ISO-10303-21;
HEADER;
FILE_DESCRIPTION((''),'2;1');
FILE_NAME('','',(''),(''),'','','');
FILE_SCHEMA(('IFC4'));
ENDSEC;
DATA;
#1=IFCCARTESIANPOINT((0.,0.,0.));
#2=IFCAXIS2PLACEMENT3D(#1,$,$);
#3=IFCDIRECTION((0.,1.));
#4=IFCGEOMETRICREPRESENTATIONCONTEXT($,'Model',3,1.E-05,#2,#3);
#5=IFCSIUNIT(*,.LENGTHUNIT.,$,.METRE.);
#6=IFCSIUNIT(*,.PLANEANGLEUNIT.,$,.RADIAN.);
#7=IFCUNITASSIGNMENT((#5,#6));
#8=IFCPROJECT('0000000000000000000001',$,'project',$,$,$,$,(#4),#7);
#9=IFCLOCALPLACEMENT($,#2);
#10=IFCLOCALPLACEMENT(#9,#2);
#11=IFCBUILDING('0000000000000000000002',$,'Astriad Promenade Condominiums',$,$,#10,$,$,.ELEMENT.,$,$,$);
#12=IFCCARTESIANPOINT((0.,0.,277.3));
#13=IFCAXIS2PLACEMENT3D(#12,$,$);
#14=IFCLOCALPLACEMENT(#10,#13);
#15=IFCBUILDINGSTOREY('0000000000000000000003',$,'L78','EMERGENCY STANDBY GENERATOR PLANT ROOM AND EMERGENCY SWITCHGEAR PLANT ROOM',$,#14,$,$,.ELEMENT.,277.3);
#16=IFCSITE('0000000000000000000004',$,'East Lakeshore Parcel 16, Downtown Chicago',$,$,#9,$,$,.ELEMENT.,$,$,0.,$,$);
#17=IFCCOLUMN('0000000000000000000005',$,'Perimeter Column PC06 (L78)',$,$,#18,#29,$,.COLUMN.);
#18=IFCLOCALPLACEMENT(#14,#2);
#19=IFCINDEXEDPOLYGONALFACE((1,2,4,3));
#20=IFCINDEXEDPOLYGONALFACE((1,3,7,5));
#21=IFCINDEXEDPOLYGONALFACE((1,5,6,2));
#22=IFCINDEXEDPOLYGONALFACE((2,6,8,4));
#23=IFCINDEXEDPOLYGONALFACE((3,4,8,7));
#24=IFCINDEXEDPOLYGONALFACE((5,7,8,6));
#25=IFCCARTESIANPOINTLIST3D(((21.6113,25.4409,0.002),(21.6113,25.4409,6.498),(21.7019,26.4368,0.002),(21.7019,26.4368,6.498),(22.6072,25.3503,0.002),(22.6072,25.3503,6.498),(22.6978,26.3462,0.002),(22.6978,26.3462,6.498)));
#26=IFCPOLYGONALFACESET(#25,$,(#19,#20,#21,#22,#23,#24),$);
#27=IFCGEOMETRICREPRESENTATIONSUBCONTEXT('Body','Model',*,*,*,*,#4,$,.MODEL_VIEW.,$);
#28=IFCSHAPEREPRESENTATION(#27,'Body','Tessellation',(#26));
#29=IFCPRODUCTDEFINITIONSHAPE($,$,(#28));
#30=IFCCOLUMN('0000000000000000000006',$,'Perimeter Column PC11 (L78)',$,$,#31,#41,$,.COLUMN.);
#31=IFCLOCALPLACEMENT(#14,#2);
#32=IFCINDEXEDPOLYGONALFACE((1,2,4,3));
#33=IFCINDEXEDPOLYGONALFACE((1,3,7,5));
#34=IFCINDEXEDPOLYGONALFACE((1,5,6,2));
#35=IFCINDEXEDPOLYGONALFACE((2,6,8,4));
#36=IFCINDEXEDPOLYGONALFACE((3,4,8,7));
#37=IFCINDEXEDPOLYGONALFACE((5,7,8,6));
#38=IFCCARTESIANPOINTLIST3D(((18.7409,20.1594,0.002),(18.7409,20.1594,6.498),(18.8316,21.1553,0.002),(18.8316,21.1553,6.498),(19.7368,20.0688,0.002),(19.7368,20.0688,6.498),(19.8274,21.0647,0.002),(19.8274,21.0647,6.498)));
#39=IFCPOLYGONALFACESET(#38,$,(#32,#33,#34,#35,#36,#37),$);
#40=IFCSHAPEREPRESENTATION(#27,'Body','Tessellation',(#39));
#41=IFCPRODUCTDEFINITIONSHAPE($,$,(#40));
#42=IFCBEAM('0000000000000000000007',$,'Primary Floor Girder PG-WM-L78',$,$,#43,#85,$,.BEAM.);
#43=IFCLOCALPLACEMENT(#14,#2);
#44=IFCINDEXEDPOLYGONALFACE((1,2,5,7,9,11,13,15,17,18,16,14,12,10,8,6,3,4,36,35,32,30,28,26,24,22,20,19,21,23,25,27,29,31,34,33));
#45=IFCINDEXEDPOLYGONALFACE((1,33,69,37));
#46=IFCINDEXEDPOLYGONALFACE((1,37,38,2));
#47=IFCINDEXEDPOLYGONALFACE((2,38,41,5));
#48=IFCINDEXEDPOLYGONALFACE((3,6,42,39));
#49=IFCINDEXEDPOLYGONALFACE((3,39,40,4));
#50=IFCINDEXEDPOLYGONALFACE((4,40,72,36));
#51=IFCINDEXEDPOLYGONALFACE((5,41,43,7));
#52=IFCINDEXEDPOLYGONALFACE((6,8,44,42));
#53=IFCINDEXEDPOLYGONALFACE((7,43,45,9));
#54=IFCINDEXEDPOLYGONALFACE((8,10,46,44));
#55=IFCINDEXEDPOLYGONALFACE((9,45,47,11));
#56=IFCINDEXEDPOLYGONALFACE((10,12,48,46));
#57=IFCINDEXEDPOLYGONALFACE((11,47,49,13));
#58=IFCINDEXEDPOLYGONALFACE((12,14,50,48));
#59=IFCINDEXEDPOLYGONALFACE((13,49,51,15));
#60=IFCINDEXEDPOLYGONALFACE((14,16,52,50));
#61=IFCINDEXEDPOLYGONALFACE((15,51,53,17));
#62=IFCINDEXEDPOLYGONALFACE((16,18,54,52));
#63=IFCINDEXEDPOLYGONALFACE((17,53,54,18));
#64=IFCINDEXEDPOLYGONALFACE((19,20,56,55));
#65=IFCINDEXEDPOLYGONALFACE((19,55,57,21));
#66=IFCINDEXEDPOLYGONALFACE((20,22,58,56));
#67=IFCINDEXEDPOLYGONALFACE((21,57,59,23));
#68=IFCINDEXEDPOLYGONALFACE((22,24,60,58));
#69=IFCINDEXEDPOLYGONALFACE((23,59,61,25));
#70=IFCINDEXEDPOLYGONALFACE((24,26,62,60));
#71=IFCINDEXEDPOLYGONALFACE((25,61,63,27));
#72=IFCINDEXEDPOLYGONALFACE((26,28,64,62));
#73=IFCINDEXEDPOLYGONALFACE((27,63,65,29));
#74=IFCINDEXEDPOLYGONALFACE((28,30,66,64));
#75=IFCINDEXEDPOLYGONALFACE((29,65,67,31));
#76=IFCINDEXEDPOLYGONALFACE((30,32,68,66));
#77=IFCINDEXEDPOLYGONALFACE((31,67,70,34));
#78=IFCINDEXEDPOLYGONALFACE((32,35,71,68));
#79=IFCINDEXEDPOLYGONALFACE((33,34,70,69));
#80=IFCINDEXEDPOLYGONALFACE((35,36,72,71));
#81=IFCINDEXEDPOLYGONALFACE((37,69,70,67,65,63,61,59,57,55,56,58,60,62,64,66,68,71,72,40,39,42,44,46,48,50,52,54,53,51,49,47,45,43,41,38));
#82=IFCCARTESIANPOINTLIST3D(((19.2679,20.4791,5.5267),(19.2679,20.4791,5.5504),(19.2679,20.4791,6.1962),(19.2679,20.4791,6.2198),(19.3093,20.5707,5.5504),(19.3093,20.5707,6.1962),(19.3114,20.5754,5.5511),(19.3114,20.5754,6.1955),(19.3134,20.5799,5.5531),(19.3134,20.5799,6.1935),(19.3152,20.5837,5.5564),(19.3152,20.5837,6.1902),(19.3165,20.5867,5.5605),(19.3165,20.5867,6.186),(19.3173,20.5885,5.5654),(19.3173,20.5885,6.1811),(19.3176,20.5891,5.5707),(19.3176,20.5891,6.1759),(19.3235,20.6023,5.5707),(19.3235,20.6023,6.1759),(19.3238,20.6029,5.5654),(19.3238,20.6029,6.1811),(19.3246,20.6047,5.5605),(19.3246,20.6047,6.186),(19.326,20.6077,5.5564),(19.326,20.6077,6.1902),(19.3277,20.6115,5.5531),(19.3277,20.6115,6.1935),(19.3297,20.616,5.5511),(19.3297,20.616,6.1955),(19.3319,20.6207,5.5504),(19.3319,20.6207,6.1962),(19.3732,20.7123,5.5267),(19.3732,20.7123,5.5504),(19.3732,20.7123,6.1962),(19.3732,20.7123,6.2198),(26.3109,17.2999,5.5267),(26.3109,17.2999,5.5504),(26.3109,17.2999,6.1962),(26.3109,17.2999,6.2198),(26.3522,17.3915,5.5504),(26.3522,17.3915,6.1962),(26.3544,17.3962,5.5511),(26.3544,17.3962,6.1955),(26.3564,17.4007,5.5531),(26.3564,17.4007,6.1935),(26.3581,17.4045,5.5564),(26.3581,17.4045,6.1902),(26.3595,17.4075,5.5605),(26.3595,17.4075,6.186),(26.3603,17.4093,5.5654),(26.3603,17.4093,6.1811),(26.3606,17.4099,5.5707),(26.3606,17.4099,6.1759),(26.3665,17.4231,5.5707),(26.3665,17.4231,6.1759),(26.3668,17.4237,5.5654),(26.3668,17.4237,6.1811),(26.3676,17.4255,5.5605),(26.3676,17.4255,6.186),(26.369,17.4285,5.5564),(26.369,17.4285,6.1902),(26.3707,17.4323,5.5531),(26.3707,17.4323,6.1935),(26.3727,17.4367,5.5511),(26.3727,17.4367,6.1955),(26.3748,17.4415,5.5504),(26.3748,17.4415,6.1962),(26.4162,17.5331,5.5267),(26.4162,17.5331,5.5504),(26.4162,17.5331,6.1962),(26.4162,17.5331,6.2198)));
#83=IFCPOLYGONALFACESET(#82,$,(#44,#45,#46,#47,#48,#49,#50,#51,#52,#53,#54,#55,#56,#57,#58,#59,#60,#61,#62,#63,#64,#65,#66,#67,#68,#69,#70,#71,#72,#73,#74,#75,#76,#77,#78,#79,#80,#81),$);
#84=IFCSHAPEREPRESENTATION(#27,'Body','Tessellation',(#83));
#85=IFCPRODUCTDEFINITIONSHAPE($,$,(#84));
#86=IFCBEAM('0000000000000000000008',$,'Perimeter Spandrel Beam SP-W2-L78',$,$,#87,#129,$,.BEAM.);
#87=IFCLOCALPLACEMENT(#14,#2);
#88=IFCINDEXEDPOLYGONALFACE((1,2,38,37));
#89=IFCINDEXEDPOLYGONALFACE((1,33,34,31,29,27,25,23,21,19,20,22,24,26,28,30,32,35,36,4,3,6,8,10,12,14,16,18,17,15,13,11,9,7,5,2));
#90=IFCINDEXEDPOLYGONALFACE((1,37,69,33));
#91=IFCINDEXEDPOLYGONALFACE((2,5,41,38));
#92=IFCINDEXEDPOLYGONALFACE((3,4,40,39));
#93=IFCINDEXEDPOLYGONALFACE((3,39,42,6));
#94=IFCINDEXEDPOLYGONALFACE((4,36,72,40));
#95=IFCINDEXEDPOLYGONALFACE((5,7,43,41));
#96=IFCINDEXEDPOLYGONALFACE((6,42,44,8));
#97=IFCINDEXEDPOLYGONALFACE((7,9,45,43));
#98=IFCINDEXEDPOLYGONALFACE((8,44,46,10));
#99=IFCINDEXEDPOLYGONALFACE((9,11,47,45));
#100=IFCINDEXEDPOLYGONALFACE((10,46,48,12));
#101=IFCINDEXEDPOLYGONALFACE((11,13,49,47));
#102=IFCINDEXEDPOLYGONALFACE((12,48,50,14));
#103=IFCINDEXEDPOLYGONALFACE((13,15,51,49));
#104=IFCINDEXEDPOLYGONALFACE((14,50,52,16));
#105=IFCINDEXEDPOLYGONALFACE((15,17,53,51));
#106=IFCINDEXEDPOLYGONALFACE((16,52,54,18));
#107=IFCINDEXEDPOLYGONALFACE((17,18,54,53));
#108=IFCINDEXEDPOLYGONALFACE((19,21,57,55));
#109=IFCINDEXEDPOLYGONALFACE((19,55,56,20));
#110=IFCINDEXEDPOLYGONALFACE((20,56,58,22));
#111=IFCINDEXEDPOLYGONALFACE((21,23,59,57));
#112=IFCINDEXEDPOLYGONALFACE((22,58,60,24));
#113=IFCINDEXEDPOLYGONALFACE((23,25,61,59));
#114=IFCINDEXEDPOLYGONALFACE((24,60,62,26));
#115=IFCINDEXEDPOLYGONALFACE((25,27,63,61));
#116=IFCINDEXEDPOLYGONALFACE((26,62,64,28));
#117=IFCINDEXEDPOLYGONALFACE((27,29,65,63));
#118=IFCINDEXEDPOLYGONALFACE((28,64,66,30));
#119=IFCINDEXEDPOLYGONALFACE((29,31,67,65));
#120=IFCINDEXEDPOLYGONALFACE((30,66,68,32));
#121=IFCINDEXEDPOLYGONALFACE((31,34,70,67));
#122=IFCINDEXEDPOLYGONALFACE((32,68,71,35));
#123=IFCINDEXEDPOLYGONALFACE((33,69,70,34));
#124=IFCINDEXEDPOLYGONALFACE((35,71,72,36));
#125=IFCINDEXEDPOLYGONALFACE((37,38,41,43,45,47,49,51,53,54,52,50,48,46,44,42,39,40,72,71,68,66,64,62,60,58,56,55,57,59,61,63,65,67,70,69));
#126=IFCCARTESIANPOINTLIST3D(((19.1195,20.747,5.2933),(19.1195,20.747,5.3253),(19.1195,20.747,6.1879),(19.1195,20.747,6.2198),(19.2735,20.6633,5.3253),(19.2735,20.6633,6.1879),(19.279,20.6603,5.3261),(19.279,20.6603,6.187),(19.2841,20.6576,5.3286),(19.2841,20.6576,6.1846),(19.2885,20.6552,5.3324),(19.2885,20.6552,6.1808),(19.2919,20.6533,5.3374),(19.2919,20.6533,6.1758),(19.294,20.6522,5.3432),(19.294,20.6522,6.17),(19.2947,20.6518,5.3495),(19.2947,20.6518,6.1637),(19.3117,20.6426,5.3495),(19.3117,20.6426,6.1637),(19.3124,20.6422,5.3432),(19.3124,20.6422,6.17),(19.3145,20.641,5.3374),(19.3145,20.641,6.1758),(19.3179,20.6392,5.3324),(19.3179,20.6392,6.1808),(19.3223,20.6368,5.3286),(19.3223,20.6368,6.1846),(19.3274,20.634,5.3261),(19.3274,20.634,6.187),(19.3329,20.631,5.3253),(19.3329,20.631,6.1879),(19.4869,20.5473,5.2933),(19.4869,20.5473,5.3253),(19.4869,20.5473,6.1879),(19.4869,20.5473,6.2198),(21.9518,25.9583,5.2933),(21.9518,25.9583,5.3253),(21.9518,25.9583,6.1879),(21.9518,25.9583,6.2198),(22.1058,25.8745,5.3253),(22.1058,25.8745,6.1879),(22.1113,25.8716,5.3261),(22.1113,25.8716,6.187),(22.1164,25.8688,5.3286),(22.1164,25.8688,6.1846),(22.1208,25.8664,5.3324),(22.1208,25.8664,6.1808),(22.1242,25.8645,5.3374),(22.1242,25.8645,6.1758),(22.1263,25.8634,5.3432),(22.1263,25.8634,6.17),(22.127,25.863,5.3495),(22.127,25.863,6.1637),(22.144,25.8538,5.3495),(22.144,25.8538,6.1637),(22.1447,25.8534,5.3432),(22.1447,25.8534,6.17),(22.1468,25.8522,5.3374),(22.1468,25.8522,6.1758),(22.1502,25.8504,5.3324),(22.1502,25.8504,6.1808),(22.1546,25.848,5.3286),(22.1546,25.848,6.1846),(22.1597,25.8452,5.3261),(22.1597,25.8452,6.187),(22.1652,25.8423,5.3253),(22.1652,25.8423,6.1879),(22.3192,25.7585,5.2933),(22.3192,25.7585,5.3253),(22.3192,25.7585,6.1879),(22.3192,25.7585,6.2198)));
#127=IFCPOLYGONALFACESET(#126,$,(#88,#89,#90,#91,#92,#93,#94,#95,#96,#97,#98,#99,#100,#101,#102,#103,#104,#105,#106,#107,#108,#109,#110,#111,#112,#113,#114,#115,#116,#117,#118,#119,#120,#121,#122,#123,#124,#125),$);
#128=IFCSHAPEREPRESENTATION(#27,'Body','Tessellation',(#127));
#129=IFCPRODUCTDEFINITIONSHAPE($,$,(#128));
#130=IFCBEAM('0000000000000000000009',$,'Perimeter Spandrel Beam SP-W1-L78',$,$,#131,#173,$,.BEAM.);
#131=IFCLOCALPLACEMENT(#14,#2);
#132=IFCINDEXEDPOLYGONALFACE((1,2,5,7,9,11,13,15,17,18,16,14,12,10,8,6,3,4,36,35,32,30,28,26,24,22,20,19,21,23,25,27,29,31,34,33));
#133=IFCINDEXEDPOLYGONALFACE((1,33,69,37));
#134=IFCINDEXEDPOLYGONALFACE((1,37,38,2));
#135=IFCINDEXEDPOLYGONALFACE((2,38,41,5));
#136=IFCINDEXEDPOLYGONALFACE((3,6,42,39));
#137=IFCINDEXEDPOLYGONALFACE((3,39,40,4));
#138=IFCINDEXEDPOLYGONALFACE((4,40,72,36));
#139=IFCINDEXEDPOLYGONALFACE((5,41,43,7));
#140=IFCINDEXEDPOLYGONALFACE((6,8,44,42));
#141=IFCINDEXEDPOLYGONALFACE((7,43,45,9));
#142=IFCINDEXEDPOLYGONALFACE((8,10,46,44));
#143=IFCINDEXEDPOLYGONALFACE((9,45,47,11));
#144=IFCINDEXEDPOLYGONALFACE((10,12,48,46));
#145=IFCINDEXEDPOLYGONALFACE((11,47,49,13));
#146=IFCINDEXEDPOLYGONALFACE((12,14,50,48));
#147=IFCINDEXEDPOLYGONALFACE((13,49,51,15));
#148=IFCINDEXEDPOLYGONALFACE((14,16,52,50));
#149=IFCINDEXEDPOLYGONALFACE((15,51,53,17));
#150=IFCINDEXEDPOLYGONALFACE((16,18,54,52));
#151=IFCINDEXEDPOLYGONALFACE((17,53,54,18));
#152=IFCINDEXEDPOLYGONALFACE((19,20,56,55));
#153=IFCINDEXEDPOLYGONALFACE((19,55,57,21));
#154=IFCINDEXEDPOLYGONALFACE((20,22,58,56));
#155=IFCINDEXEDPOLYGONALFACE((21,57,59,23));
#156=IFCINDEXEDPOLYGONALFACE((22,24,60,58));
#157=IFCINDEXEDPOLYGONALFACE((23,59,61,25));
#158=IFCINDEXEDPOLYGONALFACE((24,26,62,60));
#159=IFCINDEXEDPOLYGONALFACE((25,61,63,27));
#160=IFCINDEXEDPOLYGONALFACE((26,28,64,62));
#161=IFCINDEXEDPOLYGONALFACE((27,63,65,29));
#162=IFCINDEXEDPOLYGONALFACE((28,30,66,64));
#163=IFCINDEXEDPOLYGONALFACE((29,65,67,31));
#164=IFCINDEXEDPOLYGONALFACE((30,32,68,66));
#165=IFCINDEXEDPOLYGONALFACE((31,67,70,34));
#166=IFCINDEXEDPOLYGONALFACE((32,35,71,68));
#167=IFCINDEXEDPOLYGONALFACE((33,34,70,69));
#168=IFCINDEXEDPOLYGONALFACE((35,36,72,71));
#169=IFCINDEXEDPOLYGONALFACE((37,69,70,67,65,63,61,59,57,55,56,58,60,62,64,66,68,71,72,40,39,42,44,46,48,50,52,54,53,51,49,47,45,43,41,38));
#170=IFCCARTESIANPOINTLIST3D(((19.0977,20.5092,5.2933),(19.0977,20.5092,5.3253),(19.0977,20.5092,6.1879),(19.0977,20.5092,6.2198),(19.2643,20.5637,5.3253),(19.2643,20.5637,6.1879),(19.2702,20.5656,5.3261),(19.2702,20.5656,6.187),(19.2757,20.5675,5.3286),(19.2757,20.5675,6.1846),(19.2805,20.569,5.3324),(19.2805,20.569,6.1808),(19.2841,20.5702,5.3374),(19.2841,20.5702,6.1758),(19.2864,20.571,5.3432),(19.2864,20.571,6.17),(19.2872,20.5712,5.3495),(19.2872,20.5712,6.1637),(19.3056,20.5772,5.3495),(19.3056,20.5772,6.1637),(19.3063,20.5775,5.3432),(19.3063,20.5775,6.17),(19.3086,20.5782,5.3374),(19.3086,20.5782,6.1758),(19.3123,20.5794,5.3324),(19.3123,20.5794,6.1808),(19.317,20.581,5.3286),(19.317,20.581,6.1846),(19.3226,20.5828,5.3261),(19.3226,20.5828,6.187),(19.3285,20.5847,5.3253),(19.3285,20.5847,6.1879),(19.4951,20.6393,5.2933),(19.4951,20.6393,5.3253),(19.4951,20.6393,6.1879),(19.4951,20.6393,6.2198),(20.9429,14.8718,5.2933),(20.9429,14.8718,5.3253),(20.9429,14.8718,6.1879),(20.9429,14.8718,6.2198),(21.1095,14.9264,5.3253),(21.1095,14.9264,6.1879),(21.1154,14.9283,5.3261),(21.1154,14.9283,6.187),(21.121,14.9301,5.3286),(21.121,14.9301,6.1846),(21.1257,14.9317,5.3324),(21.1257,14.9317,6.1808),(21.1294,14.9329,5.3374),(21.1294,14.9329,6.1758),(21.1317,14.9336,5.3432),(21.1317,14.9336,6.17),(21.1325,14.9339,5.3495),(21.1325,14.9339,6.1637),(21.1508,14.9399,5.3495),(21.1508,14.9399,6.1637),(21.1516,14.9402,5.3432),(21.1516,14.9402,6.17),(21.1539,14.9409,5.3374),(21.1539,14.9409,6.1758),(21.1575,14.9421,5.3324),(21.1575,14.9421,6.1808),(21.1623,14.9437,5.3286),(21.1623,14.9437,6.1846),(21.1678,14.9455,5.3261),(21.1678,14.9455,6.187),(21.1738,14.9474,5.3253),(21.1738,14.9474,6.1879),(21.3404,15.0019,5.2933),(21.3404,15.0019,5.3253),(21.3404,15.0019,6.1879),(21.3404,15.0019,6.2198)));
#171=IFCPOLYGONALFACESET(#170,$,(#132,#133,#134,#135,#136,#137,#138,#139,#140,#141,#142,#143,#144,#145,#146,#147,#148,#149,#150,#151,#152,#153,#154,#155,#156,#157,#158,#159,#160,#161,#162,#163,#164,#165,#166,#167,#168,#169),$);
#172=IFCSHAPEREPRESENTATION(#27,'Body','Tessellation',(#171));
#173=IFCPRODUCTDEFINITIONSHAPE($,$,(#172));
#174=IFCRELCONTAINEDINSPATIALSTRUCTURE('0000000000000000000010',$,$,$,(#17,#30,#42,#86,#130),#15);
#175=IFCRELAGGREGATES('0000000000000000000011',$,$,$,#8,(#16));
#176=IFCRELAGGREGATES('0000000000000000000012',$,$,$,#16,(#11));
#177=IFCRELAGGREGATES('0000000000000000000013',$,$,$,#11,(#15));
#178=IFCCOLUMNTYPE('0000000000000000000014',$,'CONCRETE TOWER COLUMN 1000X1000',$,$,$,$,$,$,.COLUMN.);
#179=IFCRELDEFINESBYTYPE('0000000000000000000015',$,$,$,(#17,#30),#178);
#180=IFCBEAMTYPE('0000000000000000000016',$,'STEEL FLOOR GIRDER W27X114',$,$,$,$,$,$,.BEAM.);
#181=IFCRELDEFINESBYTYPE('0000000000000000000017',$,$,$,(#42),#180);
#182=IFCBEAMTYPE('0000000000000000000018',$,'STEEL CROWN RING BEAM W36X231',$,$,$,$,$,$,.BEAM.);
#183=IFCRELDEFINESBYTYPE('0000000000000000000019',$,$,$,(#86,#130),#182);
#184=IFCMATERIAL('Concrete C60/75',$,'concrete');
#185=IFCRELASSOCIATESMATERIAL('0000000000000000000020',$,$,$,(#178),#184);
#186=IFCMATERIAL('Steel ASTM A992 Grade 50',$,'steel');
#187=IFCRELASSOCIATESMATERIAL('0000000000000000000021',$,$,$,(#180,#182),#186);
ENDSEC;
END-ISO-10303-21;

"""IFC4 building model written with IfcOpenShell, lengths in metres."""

from ifc_helpers import new_model, si_unit, direction, frame, origin, origin_2d, place, context, subcontext, project, spatial, rectangle, i_section, extrude, source, transform, mapped, material, material_profile, profile_set, type_object, type_shapes, element, save


model = new_model("IFC4")

# Units and contexts
model_context = context("Model", 3, precision=1e-05, world=origin(), true_north=direction((0.0, 1.0)))
body_context = subcontext(model_context, "Body", "Model", "MODEL_VIEW")
ifc_project = project(units=[si_unit("LENGTHUNIT", "METRE"), si_unit("PLANEANGLEUNIT", "RADIAN")], contexts=[model_context])

# Site, building, storey
site_placement = place(None, origin())
site = spatial("IfcSite", under=ifc_project, at=site_placement, Name="East Lakeshore Parcel 16, Downtown Chicago", CompositionType="ELEMENT", RefElevation=0.0)
building_placement = place(site_placement, origin())
building = spatial("IfcBuilding", under=site, at=building_placement, Name="Astriad Promenade Condominiums", CompositionType="ELEMENT")
storey_placement = place(building_placement, frame((0.0, 0.0, 277.3)))
storey = spatial("IfcBuildingStorey", under=building, at=storey_placement, Name="L78", Description="EMERGENCY STANDBY GENERATOR PLANT ROOM AND EMERGENCY SWITCHGEAR PLANT ROOM", CompositionType="ELEMENT", Elevation=277.3)

# Columns
ifc_material_1 = material(Name="Concrete C60/75", Category="concrete")
ifc_material_profile_1 = material_profile(ifc_material_1, rectangle(XDim=1.0, YDim=1.0, at=origin_2d()), Name="RC-COL-1000X1000")
ifc_profile_set_1 = profile_set([ifc_material_profile_1], Name="Concrete C60/75")
column_type = type_object("IfcColumnType", Name="CONCRETE TOWER COLUMN 1000X1000", PredefinedType="COLUMN", material=ifc_profile_set_1)
shared_shape_1 = source(origin(), body_context, "Body", "SweptSolid", [
    extrude(rectangle(XDim=1.0, YDim=1.0, at=origin_2d()), origin(), (0.0, 0.0, 1.0), 6.4961),
])
type_shapes(column_type, [shared_shape_1])
for number, where, z_axis, x_axis, name in (
    (1, (22.1545, 25.8936, 0.002), (0.0, 0.0, 1.0), (0.995884, -0.090633, 0.0), "Perimeter Column PC06 (L78)"),
    (2, (19.2842, 20.6121, 0.002), (0.0, 0.0, 1.0), (0.995884, -0.090633, 0.0), "Perimeter Column PC11 (L78)"),
):
    element("IfcColumn", number, at=place(storey_placement, frame(where, z_axis=z_axis, x_axis=x_axis)), inside=storey, type_object=column_type, Name=name, PredefinedType="COLUMN", context=body_context, shape_type="MappedRepresentation", body=[
        mapped(shared_shape_1, transform((0.0, 0.0, 0.0), scale=1.0)),
    ])

# Beams
ifc_material_2 = material(Name="Steel ASTM A992 Grade 50", Category="steel")
ifc_material_profile_2 = material_profile(ifc_material_2, i_section(OverallWidth=0.2559, OverallDepth=0.6931, WebThickness=0.0144, FlangeThickness=0.0237, FilletRadius=0.0203, at=origin_2d()), Name="W27X114")
ifc_profile_set_2 = profile_set([ifc_material_profile_2], Name="Steel ASTM A992 Grade 50")
beam_type_1 = type_object("IfcBeamType", Name="STEEL FLOOR GIRDER W27X114", PredefinedType="BEAM", material=ifc_profile_set_2)
shared_shape_2 = source(origin(), body_context, "Body", "SweptSolid", [
    extrude(i_section(OverallWidth=0.2559, OverallDepth=0.6931, WebThickness=0.0144, FlangeThickness=0.0237, FilletRadius=0.0203, at=origin_2d()), origin(), (0.0, 0.0, 1.0), 7.7273),
])
type_shapes(beam_type_1, [shared_shape_2])
beam_1_placement = place(storey_placement, frame((19.3206, 20.5957, 5.8733), z_axis=(0.911443, -0.411426, 0.0), x_axis=(0.411426, 0.911443, 0.0)))
element("IfcBeam", 3, at=beam_1_placement, inside=storey, type_object=beam_type_1, Name="Primary Floor Girder PG-WM-L78", PredefinedType="BEAM", context=body_context, shape_type="MappedRepresentation", body=[
    mapped(shared_shape_2, transform((0.0, 0.0, 0.0), scale=1.0)),
])
ifc_material_profile_3 = material_profile(ifc_material_2, i_section(OverallWidth=0.4182, OverallDepth=0.9265, WebThickness=0.0193, FlangeThickness=0.032, FilletRadius=0.0242, at=origin_2d()), Name="W36X231")
ifc_profile_set_3 = profile_set([ifc_material_profile_3], Name="Steel ASTM A992 Grade 50")
beam_type_2 = type_object("IfcBeamType", Name="STEEL CROWN RING BEAM W36X231", PredefinedType="BEAM", material=ifc_profile_set_3)
shared_shape_3 = source(origin(), body_context, "Body", "SweptSolid", [
    extrude(i_section(OverallWidth=0.4182, OverallDepth=0.9265, WebThickness=0.0193, FlangeThickness=0.032, FilletRadius=0.0242, at=origin_2d()), origin(), (0.0, 0.0, 1.0), 5.9312),
])
beam_2_placement = place(storey_placement, frame((22.1355, 25.8584, 5.7566), z_axis=(-0.477528, -0.878617, 0.0), x_axis=(0.878617, -0.477528, 0.0)))
element("IfcBeam", 4, at=beam_2_placement, inside=storey, type_object=beam_type_2, Name="Perimeter Spandrel Beam SP-W2-L78", PredefinedType="BEAM", context=body_context, shape_type="MappedRepresentation", body=[
    mapped(shared_shape_3, transform((0.0, 0.0, 0.0), scale=1.0)),
])
shared_shape_4 = source(origin(), body_context, "Body", "SweptSolid", [
    extrude(i_section(OverallWidth=0.4182, OverallDepth=0.9265, WebThickness=0.0193, FlangeThickness=0.032, FilletRadius=0.0242, at=origin_2d()), origin(), (0.0, 0.0, 1.0), 5.9316),
])
type_shapes(beam_type_2, [shared_shape_3, shared_shape_4])
beam_3_placement = place(storey_placement, frame((19.2964, 20.5742, 5.7566), z_axis=(0.311086, -0.950382, 0.0), x_axis=(0.950382, 0.311086, 0.0)))
element("IfcBeam", 5, at=beam_3_placement, inside=storey, type_object=beam_type_2, Name="Perimeter Spandrel Beam SP-W1-L78", PredefinedType="BEAM", context=body_context, shape_type="MappedRepresentation", body=[
    mapped(shared_shape_4, transform((0.0, 0.0, 0.0), scale=1.0)),
])

save(model, "model.ifc")
